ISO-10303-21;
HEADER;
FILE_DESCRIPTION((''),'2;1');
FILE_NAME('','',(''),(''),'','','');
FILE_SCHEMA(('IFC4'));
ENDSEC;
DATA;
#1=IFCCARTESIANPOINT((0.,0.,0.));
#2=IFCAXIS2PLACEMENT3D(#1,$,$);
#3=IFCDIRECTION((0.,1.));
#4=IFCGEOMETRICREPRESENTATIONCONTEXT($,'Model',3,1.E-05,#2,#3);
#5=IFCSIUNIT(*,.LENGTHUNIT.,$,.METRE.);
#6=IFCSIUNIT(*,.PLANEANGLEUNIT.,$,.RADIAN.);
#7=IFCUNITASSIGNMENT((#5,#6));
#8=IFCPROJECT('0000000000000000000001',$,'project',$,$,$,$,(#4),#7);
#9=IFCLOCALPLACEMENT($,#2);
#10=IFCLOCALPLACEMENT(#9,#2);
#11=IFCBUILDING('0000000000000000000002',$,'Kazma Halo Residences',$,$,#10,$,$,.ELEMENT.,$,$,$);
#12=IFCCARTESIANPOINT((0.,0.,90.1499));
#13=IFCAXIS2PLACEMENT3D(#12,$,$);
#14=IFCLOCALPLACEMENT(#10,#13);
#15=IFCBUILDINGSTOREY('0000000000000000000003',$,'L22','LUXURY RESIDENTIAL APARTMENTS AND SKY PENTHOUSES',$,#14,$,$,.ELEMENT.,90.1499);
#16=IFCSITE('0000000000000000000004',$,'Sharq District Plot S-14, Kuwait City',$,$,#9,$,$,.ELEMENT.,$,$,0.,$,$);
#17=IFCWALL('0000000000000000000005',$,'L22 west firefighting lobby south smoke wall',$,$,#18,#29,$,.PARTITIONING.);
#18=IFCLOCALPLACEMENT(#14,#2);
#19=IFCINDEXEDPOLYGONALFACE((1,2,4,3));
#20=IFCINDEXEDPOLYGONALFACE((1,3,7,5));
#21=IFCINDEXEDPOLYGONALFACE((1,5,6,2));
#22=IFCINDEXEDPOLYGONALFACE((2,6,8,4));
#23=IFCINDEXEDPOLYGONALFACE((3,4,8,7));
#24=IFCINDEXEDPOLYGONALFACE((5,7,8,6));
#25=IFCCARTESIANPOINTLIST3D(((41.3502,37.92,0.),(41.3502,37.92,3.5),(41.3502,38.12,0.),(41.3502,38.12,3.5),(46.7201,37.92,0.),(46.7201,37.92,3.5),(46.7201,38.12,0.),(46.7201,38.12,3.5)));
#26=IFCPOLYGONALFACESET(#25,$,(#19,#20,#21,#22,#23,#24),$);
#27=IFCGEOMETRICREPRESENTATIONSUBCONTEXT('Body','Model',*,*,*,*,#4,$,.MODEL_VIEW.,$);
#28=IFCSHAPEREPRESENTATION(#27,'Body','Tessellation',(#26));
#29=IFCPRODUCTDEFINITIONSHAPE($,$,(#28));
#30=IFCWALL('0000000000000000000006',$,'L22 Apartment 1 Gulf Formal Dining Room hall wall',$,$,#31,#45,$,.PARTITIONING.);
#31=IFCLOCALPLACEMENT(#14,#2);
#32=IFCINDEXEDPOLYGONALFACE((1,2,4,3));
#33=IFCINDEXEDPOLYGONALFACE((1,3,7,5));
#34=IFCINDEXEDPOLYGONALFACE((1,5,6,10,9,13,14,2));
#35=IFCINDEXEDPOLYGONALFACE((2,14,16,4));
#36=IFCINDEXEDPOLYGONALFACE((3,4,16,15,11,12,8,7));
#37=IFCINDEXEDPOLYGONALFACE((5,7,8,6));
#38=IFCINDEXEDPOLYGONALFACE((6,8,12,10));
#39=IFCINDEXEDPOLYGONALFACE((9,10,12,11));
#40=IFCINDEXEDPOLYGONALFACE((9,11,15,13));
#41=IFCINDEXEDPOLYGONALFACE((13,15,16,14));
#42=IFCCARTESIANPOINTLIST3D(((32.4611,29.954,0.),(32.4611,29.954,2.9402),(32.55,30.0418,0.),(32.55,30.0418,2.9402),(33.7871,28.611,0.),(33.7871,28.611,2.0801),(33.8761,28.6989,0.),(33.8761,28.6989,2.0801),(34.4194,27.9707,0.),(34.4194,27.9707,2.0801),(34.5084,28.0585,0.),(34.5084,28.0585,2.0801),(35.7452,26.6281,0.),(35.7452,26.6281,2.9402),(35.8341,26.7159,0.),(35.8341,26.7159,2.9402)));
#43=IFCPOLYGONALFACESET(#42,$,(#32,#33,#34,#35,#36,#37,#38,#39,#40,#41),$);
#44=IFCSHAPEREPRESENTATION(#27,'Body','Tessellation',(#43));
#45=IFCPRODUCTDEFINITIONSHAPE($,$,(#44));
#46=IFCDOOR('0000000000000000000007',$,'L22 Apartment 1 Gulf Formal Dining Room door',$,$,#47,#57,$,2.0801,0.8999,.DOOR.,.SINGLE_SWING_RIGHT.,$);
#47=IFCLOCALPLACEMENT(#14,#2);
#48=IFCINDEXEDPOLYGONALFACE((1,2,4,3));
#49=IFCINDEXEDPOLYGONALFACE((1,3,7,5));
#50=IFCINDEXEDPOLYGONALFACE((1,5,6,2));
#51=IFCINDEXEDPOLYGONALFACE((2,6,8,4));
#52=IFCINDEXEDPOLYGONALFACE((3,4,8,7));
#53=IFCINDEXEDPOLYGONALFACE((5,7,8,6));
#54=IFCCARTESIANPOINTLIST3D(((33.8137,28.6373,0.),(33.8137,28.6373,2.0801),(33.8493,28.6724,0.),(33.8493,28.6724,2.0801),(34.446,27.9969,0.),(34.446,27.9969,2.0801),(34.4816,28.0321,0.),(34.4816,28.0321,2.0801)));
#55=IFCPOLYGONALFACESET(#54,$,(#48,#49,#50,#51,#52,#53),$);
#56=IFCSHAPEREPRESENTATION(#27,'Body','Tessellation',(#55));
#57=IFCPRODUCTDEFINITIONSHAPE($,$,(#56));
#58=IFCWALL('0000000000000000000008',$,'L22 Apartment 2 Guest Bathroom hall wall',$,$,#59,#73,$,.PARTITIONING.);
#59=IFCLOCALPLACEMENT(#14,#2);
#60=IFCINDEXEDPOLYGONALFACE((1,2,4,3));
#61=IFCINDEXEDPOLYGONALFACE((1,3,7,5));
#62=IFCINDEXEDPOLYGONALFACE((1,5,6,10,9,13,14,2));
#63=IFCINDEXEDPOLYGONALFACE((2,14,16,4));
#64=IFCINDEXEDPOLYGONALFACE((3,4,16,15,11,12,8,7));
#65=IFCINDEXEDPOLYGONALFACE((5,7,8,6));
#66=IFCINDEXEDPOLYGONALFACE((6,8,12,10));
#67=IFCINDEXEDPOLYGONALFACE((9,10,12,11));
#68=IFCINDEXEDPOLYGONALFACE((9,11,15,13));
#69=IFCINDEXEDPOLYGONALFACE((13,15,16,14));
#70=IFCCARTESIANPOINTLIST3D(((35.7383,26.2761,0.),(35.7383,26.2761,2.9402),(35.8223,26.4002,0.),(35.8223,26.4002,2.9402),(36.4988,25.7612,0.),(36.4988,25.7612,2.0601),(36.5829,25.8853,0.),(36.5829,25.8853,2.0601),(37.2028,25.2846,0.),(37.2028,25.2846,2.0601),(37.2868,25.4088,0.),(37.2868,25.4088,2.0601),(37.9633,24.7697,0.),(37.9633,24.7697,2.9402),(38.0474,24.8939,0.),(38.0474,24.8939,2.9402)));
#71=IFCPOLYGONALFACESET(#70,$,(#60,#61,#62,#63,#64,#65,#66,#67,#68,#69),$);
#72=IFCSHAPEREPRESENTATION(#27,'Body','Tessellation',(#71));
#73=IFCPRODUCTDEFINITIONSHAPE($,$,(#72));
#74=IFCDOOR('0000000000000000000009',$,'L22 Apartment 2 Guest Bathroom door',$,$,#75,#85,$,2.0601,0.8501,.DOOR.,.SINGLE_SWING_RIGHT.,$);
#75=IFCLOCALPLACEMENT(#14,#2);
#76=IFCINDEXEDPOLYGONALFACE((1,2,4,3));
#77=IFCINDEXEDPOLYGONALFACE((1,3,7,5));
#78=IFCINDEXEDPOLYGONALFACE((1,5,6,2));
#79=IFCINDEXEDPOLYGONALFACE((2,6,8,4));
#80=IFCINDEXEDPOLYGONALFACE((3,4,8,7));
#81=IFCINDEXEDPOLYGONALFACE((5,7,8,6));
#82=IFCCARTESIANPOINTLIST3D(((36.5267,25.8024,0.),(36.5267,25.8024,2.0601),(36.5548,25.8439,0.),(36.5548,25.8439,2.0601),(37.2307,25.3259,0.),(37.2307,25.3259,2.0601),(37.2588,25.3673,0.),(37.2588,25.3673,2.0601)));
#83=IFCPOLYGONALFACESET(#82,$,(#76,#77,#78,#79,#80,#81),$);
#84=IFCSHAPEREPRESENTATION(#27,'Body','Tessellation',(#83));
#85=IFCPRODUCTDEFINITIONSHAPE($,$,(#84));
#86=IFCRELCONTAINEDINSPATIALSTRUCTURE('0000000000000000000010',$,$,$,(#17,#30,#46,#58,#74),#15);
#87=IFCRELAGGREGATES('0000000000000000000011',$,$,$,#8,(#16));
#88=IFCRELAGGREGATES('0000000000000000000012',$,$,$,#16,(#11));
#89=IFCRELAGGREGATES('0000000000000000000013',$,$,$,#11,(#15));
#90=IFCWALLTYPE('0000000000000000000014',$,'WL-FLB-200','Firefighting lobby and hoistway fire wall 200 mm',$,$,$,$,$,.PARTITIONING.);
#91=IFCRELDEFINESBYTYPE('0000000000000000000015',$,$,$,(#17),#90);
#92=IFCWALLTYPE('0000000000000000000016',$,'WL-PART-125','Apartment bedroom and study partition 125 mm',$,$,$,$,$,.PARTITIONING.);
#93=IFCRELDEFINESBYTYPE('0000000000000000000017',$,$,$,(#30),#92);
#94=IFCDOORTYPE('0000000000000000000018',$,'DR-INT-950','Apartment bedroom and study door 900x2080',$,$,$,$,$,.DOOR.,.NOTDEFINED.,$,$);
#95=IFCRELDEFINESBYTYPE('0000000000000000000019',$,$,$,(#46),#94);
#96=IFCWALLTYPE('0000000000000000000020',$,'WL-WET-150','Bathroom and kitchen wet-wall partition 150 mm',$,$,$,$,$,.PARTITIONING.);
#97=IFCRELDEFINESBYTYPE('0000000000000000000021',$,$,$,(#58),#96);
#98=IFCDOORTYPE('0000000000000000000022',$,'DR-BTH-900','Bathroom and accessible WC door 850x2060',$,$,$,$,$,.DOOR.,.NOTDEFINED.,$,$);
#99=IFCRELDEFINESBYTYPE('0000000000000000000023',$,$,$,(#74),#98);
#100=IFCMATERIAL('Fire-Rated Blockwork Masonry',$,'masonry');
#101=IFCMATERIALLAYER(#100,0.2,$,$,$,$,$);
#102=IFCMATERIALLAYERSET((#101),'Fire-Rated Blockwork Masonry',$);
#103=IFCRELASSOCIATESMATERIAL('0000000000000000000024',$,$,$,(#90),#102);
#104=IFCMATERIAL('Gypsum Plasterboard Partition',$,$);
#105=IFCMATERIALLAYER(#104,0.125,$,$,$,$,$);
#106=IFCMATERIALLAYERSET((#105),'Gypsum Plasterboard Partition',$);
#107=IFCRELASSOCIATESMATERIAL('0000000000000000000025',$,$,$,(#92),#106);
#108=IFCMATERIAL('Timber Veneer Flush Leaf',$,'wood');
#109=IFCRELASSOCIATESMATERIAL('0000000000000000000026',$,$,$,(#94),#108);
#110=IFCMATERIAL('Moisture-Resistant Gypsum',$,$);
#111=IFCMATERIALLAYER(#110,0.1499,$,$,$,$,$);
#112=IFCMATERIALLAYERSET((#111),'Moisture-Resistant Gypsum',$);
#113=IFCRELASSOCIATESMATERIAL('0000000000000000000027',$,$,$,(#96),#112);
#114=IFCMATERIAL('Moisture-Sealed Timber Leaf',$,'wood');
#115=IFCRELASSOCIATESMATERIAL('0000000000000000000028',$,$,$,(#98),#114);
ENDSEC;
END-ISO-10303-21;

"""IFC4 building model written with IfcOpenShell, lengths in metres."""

from ifc_helpers import new_model, si_unit, direction, frame, frame_2d, origin, place, context, subcontext, project, spatial, rectangle, extrude, material, layer, layer_set, type_object, element, fill, save


model = new_model("IFC4")

# Units and contexts
model_context = context("Model", 3, precision=1e-05, world=origin(), true_north=direction((0.0, 1.0)))
body_context = subcontext(model_context, "Body", "Model", "MODEL_VIEW")
ifc_project = project(units=[si_unit("LENGTHUNIT", "METRE"), si_unit("PLANEANGLEUNIT", "RADIAN")], contexts=[model_context])

# Site, building, storey
site_placement = place(None, origin())
site = spatial("IfcSite", under=ifc_project, at=site_placement, Name="Sharq District Plot S-14, Kuwait City", CompositionType="ELEMENT", RefElevation=0.0)
building_placement = place(site_placement, origin())
building = spatial("IfcBuilding", under=site, at=building_placement, Name="Kazma Halo Residences", CompositionType="ELEMENT")
storey_placement = place(building_placement, frame((0.0, 0.0, 90.1499)))
storey = spatial("IfcBuildingStorey", under=building, at=storey_placement, Name="L22", Description="LUXURY RESIDENTIAL APARTMENTS AND SKY PENTHOUSES", CompositionType="ELEMENT", Elevation=90.1499)

# Shared definitions
ifc_material_1 = material(Name="Fire-Rated Blockwork Masonry", Category="masonry")
ifc_layer_1 = layer(ifc_material_1, 0.2)
ifc_layer_set_1 = layer_set([ifc_layer_1], Name="Fire-Rated Blockwork Masonry")
wall_type_1 = type_object("IfcWallType", Name="WL-FLB-200", Description="Firefighting lobby and hoistway fire wall 200 mm", PredefinedType="PARTITIONING", material=ifc_layer_set_1)

# Wall
wall_1_placement = place(storey_placement, frame((41.3501, 38.02, 0.0), z_axis=(0.0, 0.0, 1.0), x_axis=(1.0, 0.0, 0.0)))
element("IfcWall", 1, at=wall_1_placement, inside=storey, type_object=wall_type_1, Name="L22 west firefighting lobby south smoke wall", PredefinedType="PARTITIONING", context=body_context, shape_type="SweptSolid", body=[
    extrude(rectangle(XDim=5.3699, YDim=0.2, at=frame_2d((2.6851, 0.0))), origin(), (0.0, 0.0, 1.0), 3.5),
])

# Walls, openings, doors
ifc_material_2 = material(Name="Gypsum Plasterboard Partition")
ifc_layer_2 = layer(ifc_material_2, 0.125)
ifc_layer_set_2 = layer_set([ifc_layer_2], Name="Gypsum Plasterboard Partition")
wall_type_2 = type_object("IfcWallType", Name="WL-PART-125", Description="Apartment bedroom and study partition 125 mm", PredefinedType="PARTITIONING", material=ifc_layer_set_2)
wall_2_placement = place(storey_placement, frame((32.5056, 29.9978, 0.0), z_axis=(0.0, 0.0, 1.0), x_axis=(0.702627, -0.711559, 0.0)))
wall_2 = element("IfcWall", 2, at=wall_2_placement, inside=storey, type_object=wall_type_2, Name="L22 Apartment 1 Gulf Formal Dining Room hall wall", PredefinedType="PARTITIONING", context=body_context, shape_type="SweptSolid", body=[
    extrude(rectangle(XDim=4.6741, YDim=0.125, at=frame_2d((2.3369, 0.0))), origin(), (0.0, 0.0, 1.0), 2.9402),
])
opening_1_placement = place(wall_2_placement, frame((1.8872, 0.0, 0.0)))
opening_1 = element("IfcOpeningElement", 3, at=opening_1_placement, cuts=wall_2, PredefinedType="OPENING", context=body_context, shape_type="SweptSolid", body=[
    extrude(rectangle(XDim=0.8999, YDim=2.0801, at=frame_2d((0.45, 1.04))), frame((0.0, 0.0725, 0.0), z_axis=(0.0, -1.0, 0.0), x_axis=(1.0, 0.0, 0.0)), (0.0, 0.0, 1.0), 0.145),
])
ifc_material_3 = material(Name="Timber Veneer Flush Leaf", Category="wood")
door_type_1 = type_object("IfcDoorType", Name="DR-INT-950", Description="Apartment bedroom and study door 900x2080", OperationType="NOTDEFINED", PredefinedType="DOOR", material=ifc_material_3)
door_1_placement = place(opening_1_placement, origin())
door_1 = element("IfcDoor", 4, at=door_1_placement, inside=storey, type_object=door_type_1, Name="L22 Apartment 1 Gulf Formal Dining Room door", OperationType="SINGLE_SWING_RIGHT", OverallHeight=2.0801, OverallWidth=0.8999, PredefinedType="DOOR", context=body_context, shape_type="SweptSolid", body=[
    extrude(rectangle(XDim=0.8999, YDim=2.0801, at=frame_2d((0.45, 1.04))), frame((0.0, 0.0249, 0.0), z_axis=(0.0, -1.0, 0.0), x_axis=(1.0, 0.0, 0.0)), (0.0, 0.0, 1.0), 0.05),
])
fill(opening_1, door_1)
ifc_material_4 = material(Name="Moisture-Resistant Gypsum")
ifc_layer_3 = layer(ifc_material_4, 0.1499)
ifc_layer_set_3 = layer_set([ifc_layer_3], Name="Moisture-Resistant Gypsum")
wall_type_3 = type_object("IfcWallType", Name="WL-WET-150", Description="Bathroom and kitchen wet-wall partition 150 mm", PredefinedType="PARTITIONING", material=ifc_layer_set_3)
wall_3_placement = place(storey_placement, frame((35.7803, 26.3381, 0.0), z_axis=(0.0, 0.0, 1.0), x_axis=(0.828087, -0.560599, 0.0)))
wall_3 = element("IfcWall", 5, at=wall_3_placement, inside=storey, type_object=wall_type_3, Name="L22 Apartment 2 Guest Bathroom hall wall", PredefinedType="PARTITIONING", context=body_context, shape_type="SweptSolid", body=[
    extrude(rectangle(XDim=2.687, YDim=0.1499, at=frame_2d((1.3435, 0.0))), origin(), (0.0, 0.0, 1.0), 2.9402),
])
opening_2_placement = place(wall_3_placement, frame((0.9185, 0.0, 0.0)))
opening_2 = element("IfcOpeningElement", 6, at=opening_2_placement, cuts=wall_3, PredefinedType="OPENING", context=body_context, shape_type="SweptSolid", body=[
    extrude(rectangle(XDim=0.8501, YDim=2.0601, at=frame_2d((0.425, 1.03))), frame((0.0, 0.085, 0.0), z_axis=(0.0, -1.0, 0.0), x_axis=(1.0, 0.0, 0.0)), (0.0, 0.0, 1.0), 0.1699),
])
ifc_material_5 = material(Name="Moisture-Sealed Timber Leaf", Category="wood")
door_type_2 = type_object("IfcDoorType", Name="DR-BTH-900", Description="Bathroom and accessible WC door 850x2060", OperationType="NOTDEFINED", PredefinedType="DOOR", material=ifc_material_5)
door_2_placement = place(opening_2_placement, origin())
door_2 = element("IfcDoor", 7, at=door_2_placement, inside=storey, type_object=door_type_2, Name="L22 Apartment 2 Guest Bathroom door", OperationType="SINGLE_SWING_RIGHT", OverallHeight=2.0601, OverallWidth=0.8501, PredefinedType="DOOR", context=body_context, shape_type="SweptSolid", body=[
    extrude(rectangle(XDim=0.8501, YDim=2.0601, at=frame_2d((0.425, 1.03))), frame((0.0, 0.0249, 0.0), z_axis=(0.0, -1.0, 0.0), x_axis=(1.0, 0.0, 0.0)), (0.0, 0.0, 1.0), 0.05),
])
fill(opening_2, door_2)

save(model, "model.ifc")
